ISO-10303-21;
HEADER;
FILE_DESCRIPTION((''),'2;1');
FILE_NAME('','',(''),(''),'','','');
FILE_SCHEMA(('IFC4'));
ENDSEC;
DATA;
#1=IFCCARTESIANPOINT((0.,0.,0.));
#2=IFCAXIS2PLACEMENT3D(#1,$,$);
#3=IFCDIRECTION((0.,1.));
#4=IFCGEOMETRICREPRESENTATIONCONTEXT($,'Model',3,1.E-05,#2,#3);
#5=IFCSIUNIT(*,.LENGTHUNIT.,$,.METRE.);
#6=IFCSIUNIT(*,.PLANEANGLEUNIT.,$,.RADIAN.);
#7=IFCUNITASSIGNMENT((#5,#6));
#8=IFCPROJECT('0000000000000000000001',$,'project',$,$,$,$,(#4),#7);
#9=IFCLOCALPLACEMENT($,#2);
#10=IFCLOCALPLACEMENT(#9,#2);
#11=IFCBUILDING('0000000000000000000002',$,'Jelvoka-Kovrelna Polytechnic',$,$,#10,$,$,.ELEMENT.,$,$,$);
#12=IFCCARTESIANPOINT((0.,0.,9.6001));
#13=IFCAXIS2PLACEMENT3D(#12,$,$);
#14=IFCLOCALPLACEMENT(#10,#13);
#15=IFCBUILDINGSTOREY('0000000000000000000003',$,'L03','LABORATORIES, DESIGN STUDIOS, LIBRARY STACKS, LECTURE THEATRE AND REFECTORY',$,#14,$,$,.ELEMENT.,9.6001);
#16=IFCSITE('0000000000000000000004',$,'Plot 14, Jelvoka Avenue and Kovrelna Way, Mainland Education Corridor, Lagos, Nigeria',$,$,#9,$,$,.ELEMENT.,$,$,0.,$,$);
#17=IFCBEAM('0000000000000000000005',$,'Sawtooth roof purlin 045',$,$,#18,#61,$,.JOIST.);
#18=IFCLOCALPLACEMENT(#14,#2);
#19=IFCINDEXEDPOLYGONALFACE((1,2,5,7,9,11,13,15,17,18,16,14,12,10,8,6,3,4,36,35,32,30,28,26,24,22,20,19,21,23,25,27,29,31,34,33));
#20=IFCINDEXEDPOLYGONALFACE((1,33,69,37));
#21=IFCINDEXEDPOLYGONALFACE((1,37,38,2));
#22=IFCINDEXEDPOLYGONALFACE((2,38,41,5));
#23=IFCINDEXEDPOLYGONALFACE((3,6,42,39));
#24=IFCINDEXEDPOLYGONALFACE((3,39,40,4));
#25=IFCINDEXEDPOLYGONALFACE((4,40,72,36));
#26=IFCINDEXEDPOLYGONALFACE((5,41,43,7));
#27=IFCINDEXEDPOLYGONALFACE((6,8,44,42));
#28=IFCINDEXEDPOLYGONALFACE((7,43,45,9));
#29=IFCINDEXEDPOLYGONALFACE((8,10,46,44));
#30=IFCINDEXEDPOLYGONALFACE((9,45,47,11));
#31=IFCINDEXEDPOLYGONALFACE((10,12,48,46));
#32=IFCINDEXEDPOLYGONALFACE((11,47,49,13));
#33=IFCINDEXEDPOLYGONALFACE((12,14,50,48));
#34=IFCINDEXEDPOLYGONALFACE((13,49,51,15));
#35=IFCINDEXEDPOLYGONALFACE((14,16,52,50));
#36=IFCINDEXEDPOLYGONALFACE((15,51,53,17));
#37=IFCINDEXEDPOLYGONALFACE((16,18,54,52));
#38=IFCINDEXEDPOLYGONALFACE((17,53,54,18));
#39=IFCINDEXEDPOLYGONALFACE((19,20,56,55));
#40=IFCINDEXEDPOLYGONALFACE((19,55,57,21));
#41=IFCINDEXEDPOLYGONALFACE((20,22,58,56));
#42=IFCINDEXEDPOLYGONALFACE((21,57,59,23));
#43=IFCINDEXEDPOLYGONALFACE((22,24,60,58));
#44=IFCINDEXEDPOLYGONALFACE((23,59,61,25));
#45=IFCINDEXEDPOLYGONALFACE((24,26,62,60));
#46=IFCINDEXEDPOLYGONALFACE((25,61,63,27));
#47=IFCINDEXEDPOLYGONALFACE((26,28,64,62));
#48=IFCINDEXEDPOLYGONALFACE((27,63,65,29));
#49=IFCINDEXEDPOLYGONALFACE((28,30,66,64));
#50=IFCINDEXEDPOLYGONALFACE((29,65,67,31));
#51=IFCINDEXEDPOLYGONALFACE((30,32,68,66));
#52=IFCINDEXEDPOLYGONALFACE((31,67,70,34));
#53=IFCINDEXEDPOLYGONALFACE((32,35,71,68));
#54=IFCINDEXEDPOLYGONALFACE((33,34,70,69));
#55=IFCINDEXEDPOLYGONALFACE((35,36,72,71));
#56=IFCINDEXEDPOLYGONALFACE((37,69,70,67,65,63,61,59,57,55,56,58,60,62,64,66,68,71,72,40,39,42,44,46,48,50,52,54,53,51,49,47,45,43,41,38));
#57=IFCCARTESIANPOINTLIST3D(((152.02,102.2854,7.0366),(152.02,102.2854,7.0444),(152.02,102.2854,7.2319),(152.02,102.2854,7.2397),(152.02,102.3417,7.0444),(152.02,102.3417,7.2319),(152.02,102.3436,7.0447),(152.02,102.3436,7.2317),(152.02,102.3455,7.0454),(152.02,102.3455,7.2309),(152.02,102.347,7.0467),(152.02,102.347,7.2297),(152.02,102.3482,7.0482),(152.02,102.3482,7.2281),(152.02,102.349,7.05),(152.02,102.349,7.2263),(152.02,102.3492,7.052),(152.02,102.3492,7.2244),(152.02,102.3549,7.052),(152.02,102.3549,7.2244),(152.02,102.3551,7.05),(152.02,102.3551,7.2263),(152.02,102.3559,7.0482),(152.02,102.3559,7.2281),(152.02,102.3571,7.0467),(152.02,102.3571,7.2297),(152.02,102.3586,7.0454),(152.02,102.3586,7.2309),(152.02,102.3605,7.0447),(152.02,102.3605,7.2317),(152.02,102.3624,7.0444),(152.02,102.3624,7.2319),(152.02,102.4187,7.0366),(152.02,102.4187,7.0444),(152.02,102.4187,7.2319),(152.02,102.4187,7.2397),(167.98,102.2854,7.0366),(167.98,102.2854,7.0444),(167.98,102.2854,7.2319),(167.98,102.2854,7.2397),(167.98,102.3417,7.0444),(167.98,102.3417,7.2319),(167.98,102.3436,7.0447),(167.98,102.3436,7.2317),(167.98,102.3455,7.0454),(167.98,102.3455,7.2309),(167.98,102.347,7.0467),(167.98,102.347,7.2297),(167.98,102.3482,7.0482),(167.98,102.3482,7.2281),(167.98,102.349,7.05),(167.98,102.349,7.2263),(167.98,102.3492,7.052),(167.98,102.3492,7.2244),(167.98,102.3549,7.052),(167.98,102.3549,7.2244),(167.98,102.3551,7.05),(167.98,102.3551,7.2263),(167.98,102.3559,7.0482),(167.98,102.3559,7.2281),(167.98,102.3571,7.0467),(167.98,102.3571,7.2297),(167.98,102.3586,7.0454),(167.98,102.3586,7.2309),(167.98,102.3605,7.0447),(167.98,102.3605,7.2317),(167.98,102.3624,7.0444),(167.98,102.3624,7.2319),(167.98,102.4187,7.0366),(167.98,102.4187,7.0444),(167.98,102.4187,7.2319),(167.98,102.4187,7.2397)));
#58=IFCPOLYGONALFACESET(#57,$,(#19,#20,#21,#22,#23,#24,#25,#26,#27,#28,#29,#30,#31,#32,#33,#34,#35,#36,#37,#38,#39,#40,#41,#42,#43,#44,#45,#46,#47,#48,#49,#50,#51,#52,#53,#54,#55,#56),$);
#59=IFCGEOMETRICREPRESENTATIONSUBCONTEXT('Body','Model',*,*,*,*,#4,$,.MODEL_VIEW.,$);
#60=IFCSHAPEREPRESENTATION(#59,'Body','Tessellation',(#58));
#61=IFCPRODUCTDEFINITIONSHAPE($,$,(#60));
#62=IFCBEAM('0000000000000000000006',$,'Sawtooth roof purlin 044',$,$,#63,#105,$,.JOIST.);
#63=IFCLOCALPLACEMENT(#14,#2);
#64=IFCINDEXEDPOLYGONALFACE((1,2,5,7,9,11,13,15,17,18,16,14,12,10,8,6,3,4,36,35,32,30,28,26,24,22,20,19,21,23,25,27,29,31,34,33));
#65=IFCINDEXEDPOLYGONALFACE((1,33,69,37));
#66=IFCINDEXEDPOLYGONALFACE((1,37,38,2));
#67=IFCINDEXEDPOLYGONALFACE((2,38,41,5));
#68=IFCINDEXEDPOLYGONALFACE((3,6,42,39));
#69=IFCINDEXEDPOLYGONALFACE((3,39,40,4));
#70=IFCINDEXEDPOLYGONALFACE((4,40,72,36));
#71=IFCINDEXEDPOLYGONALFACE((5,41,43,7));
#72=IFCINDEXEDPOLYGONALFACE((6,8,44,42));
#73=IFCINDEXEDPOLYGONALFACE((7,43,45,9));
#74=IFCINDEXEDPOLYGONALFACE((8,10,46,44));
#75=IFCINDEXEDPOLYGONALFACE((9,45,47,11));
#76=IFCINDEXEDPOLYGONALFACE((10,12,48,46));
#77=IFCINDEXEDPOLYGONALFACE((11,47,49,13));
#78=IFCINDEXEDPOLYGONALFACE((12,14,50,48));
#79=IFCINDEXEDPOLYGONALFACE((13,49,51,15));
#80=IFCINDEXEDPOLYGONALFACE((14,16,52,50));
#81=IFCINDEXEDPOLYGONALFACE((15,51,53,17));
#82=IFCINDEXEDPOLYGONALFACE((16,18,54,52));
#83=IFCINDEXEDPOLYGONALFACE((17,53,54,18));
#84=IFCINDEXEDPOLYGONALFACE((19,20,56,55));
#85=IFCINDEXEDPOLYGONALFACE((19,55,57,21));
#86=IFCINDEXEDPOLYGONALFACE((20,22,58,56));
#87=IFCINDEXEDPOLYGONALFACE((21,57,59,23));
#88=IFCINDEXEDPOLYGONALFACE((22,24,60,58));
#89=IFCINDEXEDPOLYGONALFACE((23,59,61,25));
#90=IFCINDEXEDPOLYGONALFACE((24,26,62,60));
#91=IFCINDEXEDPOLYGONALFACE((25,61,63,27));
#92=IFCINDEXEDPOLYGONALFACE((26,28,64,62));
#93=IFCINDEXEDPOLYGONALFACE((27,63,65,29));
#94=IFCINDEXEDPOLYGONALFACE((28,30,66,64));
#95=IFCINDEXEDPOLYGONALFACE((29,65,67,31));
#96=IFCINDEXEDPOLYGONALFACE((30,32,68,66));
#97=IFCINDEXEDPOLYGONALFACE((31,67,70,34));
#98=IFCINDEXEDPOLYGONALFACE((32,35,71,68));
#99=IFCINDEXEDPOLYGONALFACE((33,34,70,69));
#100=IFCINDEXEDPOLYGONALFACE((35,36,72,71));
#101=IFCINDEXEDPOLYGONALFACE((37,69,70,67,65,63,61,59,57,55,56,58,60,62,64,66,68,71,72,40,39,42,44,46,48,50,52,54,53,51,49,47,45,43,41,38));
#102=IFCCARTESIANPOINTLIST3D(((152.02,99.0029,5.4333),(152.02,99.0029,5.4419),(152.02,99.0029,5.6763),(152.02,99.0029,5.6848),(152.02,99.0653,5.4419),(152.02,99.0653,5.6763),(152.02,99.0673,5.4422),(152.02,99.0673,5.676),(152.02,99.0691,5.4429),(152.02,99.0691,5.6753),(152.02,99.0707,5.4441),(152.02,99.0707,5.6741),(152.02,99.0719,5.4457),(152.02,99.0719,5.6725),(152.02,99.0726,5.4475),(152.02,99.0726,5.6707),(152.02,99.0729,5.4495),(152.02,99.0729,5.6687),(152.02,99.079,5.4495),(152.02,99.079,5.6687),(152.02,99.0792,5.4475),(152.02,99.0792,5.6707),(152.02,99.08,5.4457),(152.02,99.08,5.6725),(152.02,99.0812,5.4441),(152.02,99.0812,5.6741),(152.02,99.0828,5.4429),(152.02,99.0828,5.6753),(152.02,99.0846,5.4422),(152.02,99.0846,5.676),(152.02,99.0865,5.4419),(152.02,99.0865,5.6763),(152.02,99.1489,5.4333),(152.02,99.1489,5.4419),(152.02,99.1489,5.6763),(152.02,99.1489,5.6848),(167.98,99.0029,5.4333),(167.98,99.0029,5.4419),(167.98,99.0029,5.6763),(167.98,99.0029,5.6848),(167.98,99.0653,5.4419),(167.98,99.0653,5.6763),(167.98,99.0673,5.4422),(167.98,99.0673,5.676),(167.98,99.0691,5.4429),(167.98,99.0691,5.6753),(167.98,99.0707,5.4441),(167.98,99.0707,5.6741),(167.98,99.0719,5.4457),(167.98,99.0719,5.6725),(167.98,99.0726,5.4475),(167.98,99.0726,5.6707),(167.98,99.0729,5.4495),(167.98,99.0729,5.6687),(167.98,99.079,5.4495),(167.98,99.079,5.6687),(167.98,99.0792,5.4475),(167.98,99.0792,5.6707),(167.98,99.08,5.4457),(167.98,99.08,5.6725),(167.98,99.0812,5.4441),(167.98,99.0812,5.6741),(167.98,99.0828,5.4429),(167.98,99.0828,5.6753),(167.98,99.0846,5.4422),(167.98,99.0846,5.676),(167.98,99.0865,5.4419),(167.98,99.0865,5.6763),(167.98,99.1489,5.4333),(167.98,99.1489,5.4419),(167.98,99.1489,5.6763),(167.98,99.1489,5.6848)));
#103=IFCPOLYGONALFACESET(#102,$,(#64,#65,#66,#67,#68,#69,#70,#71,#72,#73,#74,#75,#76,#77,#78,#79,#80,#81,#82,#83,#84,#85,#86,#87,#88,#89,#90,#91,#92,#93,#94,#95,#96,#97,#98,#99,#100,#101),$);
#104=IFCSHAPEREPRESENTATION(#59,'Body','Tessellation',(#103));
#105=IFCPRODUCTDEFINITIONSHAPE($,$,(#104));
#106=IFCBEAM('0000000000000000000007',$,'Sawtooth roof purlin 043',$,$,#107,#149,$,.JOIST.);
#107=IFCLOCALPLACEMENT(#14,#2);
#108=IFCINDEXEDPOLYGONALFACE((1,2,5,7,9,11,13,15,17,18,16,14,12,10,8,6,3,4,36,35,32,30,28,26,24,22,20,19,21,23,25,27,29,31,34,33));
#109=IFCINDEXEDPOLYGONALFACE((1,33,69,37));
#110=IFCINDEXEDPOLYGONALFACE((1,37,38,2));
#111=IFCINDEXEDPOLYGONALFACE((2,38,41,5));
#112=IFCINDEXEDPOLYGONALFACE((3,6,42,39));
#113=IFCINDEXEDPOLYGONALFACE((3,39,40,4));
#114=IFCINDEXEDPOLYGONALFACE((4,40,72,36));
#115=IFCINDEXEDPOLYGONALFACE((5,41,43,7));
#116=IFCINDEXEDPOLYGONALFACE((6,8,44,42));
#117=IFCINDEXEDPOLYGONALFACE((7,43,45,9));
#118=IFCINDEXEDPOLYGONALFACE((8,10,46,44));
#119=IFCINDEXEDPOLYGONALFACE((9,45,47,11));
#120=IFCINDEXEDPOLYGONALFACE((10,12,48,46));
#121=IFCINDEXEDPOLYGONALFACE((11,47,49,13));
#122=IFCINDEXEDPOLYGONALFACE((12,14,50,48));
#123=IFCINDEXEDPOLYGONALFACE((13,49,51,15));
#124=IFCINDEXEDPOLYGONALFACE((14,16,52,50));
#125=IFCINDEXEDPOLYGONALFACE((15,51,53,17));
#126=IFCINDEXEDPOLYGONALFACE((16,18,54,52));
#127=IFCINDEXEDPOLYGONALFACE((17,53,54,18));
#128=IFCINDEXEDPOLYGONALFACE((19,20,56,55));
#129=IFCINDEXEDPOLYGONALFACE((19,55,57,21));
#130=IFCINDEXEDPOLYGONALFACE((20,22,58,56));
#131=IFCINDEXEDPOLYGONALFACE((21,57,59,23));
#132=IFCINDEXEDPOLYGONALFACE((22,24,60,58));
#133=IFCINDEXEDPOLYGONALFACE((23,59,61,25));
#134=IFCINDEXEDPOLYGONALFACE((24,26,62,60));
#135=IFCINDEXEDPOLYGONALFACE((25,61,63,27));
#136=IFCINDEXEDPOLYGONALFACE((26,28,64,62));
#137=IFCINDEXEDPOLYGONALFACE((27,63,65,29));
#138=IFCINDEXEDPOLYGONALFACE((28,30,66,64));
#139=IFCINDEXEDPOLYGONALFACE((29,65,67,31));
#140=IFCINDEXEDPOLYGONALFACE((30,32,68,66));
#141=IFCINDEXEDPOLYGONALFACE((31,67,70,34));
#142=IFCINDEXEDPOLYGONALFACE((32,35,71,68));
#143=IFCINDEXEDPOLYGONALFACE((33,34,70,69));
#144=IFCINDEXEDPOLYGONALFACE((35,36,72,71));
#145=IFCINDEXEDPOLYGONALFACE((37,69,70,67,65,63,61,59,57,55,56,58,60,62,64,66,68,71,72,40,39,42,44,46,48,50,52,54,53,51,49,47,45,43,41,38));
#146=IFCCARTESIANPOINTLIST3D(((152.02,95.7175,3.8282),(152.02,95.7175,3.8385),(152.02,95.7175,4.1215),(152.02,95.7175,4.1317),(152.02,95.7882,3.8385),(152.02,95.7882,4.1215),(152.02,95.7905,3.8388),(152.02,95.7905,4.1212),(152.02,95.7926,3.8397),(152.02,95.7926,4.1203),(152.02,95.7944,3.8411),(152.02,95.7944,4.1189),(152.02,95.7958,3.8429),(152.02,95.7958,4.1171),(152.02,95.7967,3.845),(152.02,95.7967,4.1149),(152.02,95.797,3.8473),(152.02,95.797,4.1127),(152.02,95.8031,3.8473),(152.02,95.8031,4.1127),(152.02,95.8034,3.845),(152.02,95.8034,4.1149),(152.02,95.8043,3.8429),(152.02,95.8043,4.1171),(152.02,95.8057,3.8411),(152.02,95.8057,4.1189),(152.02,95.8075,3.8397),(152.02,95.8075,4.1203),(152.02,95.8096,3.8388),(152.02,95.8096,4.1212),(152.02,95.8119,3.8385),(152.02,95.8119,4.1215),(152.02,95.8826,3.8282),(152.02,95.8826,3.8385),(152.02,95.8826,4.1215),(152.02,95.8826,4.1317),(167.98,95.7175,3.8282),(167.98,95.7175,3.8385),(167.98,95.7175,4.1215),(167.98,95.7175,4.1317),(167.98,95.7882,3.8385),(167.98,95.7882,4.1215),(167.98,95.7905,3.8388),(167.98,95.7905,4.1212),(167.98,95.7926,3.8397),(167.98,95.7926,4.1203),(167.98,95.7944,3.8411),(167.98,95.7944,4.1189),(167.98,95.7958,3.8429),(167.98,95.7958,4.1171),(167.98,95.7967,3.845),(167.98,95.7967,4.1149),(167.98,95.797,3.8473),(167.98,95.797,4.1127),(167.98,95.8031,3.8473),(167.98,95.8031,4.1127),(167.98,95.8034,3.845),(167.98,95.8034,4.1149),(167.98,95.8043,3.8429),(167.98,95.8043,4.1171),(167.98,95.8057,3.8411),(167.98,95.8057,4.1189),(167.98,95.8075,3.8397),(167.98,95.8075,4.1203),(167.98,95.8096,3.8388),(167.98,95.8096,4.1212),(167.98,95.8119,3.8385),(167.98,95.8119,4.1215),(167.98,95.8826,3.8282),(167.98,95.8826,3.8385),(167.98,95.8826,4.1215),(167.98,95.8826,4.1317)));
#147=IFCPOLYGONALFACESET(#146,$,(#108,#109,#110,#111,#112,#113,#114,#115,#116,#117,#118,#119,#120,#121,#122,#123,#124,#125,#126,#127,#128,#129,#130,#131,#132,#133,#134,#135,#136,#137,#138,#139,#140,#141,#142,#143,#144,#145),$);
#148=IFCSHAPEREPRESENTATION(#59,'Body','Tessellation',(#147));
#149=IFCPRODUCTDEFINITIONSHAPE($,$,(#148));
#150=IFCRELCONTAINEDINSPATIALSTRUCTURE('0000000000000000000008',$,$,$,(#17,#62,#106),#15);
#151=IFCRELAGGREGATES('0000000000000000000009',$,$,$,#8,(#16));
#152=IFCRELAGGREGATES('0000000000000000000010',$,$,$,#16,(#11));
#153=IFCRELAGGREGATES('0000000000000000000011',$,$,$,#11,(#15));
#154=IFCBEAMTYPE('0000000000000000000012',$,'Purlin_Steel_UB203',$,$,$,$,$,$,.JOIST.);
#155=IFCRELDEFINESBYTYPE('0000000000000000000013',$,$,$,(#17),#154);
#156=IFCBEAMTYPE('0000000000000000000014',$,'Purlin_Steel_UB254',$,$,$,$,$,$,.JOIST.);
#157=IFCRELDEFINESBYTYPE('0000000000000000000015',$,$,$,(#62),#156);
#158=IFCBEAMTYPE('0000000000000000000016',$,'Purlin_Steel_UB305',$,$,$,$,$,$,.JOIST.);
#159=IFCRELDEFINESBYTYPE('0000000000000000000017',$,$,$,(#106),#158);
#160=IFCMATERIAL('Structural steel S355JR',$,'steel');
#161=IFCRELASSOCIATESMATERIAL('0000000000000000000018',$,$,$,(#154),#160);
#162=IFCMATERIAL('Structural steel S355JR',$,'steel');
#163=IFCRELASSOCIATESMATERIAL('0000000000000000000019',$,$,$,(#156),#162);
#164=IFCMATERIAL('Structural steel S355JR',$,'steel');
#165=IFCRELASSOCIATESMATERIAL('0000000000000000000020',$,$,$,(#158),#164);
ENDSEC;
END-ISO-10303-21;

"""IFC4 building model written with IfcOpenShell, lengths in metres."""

from ifc_helpers import new_model, si_unit, direction, frame, origin, origin_2d, place, context, subcontext, project, spatial, i_section, extrude, material, material_profile, profile_set, type_object, element, save


model = new_model("IFC4")

# Units and contexts
model_context = context("Model", 3, precision=1e-05, world=origin(), true_north=direction((0.0, 1.0)))
body_context = subcontext(model_context, "Body", "Model", "MODEL_VIEW")
ifc_project = project(units=[si_unit("LENGTHUNIT", "METRE"), si_unit("PLANEANGLEUNIT", "RADIAN")], contexts=[model_context])

# Site, building, storey
site_placement = place(None, origin())
site = spatial("IfcSite", under=ifc_project, at=site_placement, Name="Plot 14, Jelvoka Avenue and Kovrelna Way, Mainland Education Corridor, Lagos, Nigeria", CompositionType="ELEMENT", RefElevation=0.0)
building_placement = place(site_placement, origin())
building = spatial("IfcBuilding", under=site, at=building_placement, Name="Jelvoka-Kovrelna Polytechnic", CompositionType="ELEMENT")
storey_placement = place(building_placement, frame((0.0, 0.0, 9.6001)))
storey = spatial("IfcBuildingStorey", under=building, at=storey_placement, Name="L03", Description="LABORATORIES, DESIGN STUDIOS, LIBRARY STACKS, LECTURE THEATRE AND REFECTORY", CompositionType="ELEMENT", Elevation=9.6001)

# Beams
ifc_material_1 = material(Name="Structural steel S355JR", Category="steel")
ifc_material_profile_1 = material_profile(ifc_material_1, i_section(OverallWidth=0.1333, OverallDepth=0.2031, WebThickness=0.0056, FlangeThickness=0.0078, FilletRadius=0.0076, at=origin_2d()), Name="203x133x25 UB")
ifc_profile_set_1 = profile_set([ifc_material_profile_1], Name="Structural steel S355JR")
beam_type_1 = type_object("IfcBeamType", Name="Purlin_Steel_UB203", PredefinedType="JOIST", material=ifc_profile_set_1)
beam_1_placement = place(storey_placement, frame((152.02, 102.3521, 7.1382), z_axis=(1.0, 0.0, 0.0), x_axis=(0.0, 1.0, 0.0)))
element("IfcBeam", 1, at=beam_1_placement, inside=storey, type_object=beam_type_1, Name="Sawtooth roof purlin 045", PredefinedType="JOIST", context=body_context, shape_type="SweptSolid", body=[
    extrude(i_section(OverallWidth=0.1333, OverallDepth=0.2031, WebThickness=0.0056, FlangeThickness=0.0078, FilletRadius=0.0076, at=origin_2d()), origin(), (0.0, 0.0, 1.0), 15.96),
])
ifc_material_2 = material(Name="Structural steel S355JR", Category="steel")
ifc_material_profile_2 = material_profile(ifc_material_2, i_section(OverallWidth=0.146, OverallDepth=0.2515, WebThickness=0.0061, FlangeThickness=0.0085, FilletRadius=0.0076, at=origin_2d()), Name="254x146x31 UB")
ifc_profile_set_2 = profile_set([ifc_material_profile_2], Name="Structural steel S355JR")
beam_type_2 = type_object("IfcBeamType", Name="Purlin_Steel_UB254", PredefinedType="JOIST", material=ifc_profile_set_2)
beam_2_placement = place(storey_placement, frame((152.02, 99.0759, 5.5591), z_axis=(1.0, 0.0, 0.0), x_axis=(0.0, 1.0, 0.0)))
element("IfcBeam", 2, at=beam_2_placement, inside=storey, type_object=beam_type_2, Name="Sawtooth roof purlin 044", PredefinedType="JOIST", context=body_context, shape_type="SweptSolid", body=[
    extrude(i_section(OverallWidth=0.146, OverallDepth=0.2515, WebThickness=0.0061, FlangeThickness=0.0085, FilletRadius=0.0076, at=origin_2d()), origin(), (0.0, 0.0, 1.0), 15.96),
])
ifc_material_3 = material(Name="Structural steel S355JR", Category="steel")
ifc_material_profile_3 = material_profile(ifc_material_3, i_section(OverallWidth=0.165, OverallDepth=0.3035, WebThickness=0.0061, FlangeThickness=0.0103, FilletRadius=0.0088, at=origin_2d()), Name="305x165x40 UB")
ifc_profile_set_3 = profile_set([ifc_material_profile_3], Name="Structural steel S355JR")
beam_type_3 = type_object("IfcBeamType", Name="Purlin_Steel_UB305", PredefinedType="JOIST", material=ifc_profile_set_3)
beam_3_placement = place(storey_placement, frame((152.02, 95.8, 3.98), z_axis=(1.0, 0.0, 0.0), x_axis=(0.0, 1.0, 0.0)))
element("IfcBeam", 3, at=beam_3_placement, inside=storey, type_object=beam_type_3, Name="Sawtooth roof purlin 043", PredefinedType="JOIST", context=body_context, shape_type="SweptSolid", body=[
    extrude(i_section(OverallWidth=0.165, OverallDepth=0.3035, WebThickness=0.0061, FlangeThickness=0.0103, FilletRadius=0.0088, at=origin_2d()), origin(), (0.0, 0.0, 1.0), 15.96),
])

save(model, "model.ifc")
